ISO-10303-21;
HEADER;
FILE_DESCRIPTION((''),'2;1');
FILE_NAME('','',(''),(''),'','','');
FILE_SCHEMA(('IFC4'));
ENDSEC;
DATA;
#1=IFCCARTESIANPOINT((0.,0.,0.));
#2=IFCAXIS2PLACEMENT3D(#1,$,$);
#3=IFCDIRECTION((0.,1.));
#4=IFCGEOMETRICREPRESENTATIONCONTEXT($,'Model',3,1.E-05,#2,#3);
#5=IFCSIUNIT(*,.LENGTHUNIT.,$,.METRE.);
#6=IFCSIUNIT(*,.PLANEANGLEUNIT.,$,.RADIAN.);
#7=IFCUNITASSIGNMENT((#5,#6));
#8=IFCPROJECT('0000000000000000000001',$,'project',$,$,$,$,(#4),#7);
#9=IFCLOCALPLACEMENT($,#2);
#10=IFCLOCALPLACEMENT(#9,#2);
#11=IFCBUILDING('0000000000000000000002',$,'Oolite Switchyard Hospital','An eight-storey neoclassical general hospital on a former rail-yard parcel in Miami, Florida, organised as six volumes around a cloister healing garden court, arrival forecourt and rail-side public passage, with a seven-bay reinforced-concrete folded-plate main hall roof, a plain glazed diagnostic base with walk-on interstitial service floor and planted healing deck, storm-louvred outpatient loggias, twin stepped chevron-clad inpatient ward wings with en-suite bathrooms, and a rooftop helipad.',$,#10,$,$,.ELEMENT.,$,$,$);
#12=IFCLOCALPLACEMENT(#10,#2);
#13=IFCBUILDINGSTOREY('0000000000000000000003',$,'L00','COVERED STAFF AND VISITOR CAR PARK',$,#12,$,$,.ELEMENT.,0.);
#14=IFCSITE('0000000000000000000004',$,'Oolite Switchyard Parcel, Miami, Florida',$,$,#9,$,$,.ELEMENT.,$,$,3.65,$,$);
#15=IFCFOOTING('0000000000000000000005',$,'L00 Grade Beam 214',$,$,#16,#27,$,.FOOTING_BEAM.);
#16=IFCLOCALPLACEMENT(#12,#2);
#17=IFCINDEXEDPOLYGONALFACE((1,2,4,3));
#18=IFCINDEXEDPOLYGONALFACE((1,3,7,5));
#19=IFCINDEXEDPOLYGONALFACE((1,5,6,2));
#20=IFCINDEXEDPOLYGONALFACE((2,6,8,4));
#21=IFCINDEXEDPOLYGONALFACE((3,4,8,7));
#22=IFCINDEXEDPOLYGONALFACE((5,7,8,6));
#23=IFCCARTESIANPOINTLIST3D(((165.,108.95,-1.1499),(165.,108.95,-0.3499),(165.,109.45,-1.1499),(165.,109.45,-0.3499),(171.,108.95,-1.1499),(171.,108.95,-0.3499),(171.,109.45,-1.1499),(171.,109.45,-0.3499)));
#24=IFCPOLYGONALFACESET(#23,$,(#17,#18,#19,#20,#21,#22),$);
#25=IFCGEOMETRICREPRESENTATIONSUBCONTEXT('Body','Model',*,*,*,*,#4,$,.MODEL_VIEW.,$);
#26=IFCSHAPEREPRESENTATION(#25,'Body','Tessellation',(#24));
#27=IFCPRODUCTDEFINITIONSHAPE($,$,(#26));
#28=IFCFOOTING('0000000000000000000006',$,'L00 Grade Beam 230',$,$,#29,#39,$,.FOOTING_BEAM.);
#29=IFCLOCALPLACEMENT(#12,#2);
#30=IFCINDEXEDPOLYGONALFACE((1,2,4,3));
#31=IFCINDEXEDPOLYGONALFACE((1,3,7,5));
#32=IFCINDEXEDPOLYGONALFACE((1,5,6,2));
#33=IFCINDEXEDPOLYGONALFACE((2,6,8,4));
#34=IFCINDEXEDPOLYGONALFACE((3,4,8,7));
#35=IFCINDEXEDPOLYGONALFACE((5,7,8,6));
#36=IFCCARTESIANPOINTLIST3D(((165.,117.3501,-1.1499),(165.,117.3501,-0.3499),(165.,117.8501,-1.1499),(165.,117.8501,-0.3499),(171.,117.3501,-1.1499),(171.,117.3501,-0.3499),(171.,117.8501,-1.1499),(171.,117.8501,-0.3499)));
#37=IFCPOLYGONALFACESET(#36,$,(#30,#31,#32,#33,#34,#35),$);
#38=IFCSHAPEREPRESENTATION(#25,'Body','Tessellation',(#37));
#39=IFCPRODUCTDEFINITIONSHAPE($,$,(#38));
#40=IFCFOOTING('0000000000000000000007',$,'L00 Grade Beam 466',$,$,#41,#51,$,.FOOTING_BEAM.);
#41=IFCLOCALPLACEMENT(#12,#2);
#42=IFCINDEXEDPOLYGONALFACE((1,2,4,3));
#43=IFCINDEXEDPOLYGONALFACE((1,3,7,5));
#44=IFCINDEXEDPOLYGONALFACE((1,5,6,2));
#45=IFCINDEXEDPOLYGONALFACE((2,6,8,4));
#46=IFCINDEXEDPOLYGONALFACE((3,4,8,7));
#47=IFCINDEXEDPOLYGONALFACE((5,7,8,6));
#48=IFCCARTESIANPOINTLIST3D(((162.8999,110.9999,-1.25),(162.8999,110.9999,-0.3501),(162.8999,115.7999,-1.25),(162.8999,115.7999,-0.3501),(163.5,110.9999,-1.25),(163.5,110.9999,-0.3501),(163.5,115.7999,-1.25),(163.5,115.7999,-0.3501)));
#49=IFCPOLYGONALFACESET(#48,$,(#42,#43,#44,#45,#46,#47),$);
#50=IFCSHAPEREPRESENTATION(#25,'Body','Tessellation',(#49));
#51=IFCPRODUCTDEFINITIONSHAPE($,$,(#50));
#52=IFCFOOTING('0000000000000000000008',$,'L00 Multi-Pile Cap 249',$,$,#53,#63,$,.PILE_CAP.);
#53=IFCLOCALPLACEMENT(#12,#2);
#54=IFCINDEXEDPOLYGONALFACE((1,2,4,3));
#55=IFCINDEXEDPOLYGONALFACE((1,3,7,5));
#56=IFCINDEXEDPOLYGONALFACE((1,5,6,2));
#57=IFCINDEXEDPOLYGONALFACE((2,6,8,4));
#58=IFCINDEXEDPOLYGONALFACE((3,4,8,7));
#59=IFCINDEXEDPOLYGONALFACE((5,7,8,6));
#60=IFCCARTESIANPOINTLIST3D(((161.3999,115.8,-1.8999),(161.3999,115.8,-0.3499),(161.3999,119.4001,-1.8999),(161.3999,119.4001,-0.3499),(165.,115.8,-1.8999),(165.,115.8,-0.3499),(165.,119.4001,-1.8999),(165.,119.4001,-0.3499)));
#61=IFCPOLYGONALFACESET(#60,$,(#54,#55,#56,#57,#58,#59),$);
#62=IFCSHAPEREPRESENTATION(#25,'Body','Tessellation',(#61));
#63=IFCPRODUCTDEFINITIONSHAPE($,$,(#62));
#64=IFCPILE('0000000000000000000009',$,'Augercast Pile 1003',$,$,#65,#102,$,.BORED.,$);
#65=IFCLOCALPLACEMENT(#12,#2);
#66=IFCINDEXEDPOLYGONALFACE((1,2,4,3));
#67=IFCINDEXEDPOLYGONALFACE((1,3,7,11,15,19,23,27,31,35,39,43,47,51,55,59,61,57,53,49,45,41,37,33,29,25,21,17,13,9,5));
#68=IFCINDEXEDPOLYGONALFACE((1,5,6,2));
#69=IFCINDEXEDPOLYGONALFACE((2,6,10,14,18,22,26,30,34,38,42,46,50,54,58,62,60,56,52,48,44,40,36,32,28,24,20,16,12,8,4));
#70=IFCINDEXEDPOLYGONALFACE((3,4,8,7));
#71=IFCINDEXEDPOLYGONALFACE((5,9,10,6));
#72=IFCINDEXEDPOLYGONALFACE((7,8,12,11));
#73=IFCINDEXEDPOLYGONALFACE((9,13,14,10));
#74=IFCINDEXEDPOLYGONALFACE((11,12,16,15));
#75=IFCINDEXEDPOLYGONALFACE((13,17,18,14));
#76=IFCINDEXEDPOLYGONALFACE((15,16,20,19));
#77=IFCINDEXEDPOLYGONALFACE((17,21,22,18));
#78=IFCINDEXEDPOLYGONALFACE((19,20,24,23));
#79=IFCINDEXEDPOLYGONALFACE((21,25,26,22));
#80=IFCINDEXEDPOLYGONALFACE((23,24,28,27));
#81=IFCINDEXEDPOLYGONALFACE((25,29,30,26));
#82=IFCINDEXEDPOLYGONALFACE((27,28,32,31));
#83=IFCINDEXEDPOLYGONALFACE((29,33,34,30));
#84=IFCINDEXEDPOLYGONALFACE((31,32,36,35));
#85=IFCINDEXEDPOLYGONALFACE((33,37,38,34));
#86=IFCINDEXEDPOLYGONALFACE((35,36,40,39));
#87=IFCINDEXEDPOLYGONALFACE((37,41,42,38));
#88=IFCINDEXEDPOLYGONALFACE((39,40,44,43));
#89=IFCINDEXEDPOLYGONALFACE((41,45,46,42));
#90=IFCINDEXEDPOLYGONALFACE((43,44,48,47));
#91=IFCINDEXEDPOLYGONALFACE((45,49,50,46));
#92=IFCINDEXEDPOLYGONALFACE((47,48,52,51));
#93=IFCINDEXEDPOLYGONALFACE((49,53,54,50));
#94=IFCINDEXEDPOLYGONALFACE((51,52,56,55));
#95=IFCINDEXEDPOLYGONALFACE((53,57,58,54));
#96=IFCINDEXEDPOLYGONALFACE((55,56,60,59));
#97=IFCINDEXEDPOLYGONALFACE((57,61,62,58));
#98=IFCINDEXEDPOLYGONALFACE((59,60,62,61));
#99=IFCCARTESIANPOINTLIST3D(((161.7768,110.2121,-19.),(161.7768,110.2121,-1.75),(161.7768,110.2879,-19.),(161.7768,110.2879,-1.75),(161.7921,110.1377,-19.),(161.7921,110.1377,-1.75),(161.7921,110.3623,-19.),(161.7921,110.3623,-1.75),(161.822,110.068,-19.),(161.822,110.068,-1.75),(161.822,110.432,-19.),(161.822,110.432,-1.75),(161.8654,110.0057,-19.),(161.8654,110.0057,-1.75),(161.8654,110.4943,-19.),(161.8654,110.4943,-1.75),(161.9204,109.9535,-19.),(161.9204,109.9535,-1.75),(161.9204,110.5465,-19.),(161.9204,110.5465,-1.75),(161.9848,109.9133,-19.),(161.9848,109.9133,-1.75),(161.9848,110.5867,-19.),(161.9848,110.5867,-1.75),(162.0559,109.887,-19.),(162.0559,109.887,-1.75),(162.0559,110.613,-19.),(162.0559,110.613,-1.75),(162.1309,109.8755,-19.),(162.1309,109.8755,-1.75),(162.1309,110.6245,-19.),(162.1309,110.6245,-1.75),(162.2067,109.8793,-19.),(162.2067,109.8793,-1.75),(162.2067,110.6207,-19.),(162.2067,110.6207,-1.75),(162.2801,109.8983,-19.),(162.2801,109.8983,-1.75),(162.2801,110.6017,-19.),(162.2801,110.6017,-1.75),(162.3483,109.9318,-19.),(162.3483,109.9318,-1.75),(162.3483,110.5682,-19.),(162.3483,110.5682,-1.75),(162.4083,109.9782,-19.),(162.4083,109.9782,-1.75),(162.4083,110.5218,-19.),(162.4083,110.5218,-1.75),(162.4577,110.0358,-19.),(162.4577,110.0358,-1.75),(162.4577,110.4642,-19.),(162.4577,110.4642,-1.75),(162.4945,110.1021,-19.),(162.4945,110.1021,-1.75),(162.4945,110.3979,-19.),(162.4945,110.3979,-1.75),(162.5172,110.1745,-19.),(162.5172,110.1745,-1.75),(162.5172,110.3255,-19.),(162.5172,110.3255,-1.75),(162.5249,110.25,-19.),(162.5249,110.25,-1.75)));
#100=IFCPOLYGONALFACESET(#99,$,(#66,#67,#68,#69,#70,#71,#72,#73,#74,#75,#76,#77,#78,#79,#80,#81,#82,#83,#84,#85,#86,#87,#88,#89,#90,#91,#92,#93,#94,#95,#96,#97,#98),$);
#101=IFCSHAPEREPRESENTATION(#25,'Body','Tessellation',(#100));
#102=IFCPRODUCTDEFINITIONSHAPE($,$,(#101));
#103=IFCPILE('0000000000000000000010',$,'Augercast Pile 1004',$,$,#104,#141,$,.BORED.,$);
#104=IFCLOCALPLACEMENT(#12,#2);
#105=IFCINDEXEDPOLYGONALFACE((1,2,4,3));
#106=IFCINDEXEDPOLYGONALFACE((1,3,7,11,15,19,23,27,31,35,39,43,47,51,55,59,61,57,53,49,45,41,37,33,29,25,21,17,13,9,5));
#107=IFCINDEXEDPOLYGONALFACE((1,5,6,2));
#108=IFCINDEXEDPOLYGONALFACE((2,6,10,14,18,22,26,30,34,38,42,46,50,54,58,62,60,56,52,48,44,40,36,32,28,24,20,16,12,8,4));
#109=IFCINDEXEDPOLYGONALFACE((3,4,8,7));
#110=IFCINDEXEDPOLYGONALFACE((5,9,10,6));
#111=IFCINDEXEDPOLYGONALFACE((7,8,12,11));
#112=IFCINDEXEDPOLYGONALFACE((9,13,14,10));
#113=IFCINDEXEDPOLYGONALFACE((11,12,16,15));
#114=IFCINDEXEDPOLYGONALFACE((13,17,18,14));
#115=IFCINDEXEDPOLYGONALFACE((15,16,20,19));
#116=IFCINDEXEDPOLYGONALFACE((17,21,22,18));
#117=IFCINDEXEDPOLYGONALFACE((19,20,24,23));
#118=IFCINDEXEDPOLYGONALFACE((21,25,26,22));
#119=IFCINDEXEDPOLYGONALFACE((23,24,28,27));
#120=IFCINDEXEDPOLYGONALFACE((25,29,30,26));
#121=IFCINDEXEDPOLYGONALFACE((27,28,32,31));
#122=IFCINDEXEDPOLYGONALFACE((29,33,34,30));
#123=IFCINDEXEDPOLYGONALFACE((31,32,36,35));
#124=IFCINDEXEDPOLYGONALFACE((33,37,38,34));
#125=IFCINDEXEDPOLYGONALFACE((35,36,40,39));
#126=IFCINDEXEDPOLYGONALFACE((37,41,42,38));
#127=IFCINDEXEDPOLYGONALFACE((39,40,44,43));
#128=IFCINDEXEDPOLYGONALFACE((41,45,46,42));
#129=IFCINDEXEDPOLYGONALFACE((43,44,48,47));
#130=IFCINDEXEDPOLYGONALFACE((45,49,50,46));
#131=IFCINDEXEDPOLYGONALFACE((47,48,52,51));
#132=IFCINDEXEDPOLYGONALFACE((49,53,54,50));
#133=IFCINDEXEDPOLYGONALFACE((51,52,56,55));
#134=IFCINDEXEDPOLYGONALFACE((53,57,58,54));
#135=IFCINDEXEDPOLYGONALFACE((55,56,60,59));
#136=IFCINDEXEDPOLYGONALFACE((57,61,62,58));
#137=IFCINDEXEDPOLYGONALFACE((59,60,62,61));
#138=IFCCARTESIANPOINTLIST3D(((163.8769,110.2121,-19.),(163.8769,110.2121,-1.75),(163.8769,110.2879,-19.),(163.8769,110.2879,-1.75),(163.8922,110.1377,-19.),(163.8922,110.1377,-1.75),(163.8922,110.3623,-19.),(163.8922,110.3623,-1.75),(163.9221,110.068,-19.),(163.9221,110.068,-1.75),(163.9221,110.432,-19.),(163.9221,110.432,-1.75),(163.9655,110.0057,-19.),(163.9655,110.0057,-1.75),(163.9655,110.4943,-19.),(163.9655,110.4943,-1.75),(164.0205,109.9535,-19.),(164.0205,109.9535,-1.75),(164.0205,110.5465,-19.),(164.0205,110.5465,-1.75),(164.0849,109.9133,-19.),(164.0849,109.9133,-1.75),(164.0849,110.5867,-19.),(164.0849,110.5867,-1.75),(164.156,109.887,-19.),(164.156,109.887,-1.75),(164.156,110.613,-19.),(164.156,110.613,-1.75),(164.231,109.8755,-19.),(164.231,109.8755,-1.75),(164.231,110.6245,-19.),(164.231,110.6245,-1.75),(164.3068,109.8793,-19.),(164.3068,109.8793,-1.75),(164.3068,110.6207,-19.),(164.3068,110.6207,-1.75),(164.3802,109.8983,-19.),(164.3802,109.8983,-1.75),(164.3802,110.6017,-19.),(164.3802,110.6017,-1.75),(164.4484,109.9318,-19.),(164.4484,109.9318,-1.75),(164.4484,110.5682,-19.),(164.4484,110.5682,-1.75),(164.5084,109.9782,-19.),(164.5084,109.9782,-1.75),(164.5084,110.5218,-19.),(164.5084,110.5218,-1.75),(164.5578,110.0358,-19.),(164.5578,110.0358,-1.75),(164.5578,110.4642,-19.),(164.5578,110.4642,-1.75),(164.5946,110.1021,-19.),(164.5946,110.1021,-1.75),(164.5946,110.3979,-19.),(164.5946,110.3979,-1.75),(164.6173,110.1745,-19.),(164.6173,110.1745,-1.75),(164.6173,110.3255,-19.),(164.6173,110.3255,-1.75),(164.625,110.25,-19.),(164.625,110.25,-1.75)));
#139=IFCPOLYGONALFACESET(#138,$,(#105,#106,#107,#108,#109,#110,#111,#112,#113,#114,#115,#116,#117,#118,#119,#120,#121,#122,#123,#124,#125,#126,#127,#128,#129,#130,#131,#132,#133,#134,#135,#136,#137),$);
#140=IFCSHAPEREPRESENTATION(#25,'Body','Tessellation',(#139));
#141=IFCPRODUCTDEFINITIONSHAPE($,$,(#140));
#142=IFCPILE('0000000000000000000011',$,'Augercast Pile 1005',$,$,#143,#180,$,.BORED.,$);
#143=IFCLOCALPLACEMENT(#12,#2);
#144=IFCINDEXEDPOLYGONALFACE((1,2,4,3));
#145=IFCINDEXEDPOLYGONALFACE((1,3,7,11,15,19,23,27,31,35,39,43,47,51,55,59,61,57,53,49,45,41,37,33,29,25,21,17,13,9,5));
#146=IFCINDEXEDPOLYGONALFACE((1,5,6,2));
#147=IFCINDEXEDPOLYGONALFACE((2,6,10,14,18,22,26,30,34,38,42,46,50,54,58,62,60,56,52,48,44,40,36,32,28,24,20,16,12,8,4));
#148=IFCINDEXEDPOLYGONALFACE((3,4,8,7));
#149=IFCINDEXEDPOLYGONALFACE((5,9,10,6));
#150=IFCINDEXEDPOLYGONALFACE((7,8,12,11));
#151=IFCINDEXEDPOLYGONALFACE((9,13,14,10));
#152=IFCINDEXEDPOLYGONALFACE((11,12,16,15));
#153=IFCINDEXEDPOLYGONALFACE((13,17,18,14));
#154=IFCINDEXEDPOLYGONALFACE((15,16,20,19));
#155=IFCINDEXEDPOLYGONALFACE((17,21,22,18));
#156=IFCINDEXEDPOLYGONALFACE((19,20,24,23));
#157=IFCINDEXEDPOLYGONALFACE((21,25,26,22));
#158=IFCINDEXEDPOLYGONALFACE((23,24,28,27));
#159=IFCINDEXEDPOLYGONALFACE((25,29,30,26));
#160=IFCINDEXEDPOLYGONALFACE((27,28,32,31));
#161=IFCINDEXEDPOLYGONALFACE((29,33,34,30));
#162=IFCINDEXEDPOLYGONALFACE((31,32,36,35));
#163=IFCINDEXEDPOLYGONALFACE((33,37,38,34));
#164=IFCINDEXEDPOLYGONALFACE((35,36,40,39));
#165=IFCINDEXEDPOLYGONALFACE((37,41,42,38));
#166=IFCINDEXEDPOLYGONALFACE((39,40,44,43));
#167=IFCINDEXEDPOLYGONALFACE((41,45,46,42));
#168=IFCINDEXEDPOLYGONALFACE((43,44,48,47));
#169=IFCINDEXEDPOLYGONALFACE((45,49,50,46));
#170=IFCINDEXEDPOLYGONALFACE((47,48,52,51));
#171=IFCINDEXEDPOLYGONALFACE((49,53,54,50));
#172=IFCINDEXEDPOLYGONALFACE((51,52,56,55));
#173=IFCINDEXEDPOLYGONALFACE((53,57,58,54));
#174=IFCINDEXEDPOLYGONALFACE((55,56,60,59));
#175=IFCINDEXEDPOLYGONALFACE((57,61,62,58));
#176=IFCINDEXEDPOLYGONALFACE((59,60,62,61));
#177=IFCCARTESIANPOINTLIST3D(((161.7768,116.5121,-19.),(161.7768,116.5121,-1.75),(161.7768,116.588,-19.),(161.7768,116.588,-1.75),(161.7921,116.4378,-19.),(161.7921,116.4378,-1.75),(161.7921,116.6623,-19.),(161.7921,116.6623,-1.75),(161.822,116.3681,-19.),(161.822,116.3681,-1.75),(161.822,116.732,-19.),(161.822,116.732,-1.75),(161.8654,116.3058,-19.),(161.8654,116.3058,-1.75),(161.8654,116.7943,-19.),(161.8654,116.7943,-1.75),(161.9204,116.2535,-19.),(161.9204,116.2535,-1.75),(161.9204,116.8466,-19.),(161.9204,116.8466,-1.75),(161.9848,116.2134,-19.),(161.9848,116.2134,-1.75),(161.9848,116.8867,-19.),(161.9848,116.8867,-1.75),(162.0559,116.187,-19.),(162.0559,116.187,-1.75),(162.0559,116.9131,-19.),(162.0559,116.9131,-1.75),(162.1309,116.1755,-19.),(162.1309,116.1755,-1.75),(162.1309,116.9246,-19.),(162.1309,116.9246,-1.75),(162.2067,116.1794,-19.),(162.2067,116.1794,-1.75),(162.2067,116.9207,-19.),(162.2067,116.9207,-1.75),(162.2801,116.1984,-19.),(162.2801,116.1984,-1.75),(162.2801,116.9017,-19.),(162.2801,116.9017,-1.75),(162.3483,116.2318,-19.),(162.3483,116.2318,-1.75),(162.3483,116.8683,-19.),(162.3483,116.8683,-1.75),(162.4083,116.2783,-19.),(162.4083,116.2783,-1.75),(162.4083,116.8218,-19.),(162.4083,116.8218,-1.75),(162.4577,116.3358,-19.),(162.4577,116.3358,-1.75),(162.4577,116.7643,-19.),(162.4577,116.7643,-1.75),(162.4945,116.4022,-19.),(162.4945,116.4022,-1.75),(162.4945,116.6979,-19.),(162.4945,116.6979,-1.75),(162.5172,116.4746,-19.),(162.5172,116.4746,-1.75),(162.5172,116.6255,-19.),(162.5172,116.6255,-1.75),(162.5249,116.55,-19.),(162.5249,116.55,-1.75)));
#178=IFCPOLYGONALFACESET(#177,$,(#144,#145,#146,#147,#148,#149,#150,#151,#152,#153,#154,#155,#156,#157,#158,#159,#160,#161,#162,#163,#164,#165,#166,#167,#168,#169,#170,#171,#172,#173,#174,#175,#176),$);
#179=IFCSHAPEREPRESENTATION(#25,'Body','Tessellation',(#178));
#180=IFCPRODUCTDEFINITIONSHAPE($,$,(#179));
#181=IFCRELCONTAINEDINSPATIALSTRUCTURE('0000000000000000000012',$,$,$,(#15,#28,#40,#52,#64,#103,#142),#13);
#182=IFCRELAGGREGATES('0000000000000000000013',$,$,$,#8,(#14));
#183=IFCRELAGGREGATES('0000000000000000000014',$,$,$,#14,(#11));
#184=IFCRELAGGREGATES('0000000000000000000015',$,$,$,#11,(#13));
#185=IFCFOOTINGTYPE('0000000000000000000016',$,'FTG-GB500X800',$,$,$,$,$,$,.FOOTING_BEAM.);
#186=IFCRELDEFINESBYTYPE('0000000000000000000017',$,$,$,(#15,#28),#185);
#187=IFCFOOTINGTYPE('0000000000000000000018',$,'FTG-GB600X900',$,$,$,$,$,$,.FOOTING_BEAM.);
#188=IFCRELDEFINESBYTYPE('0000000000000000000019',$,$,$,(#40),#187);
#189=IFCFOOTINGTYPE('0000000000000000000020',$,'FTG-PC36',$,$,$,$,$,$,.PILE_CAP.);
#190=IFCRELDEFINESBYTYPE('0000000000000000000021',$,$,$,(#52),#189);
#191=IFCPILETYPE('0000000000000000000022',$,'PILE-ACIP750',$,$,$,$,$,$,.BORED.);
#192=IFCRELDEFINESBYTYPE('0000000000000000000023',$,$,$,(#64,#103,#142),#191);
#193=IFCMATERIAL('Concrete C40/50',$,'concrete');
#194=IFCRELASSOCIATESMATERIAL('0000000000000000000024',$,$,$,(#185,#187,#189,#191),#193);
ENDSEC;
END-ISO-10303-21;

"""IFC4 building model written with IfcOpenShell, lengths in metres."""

from ifc_helpers import new_model, si_unit, direction, frame, origin, origin_2d, place, context, subcontext, project, spatial, rectangle, circle, extrude, material, material_profile, profile_set, type_object, element, save


model = new_model("IFC4")

# Units and contexts
model_context = context("Model", 3, precision=1e-05, world=origin(), true_north=direction((0.0, 1.0)))
body_context = subcontext(model_context, "Body", "Model", "MODEL_VIEW")
ifc_project = project(units=[si_unit("LENGTHUNIT", "METRE"), si_unit("PLANEANGLEUNIT", "RADIAN")], contexts=[model_context])

# Site, building, storey
site_placement = place(None, origin())
site = spatial("IfcSite", under=ifc_project, at=site_placement, Name="Oolite Switchyard Parcel, Miami, Florida", CompositionType="ELEMENT", RefElevation=3.65)
building_placement = place(site_placement, origin())
building = spatial("IfcBuilding", under=site, at=building_placement, Name="Oolite Switchyard Hospital", Description="An eight-storey neoclassical general hospital on a former rail-yard parcel in Miami, Florida, organised as six volumes around a cloister healing garden court, arrival forecourt and rail-side public passage, with a seven-bay reinforced-concrete folded-plate main hall roof, a plain glazed diagnostic base with walk-on interstitial service floor and planted healing deck, storm-louvred outpatient loggias, twin stepped chevron-clad inpatient ward wings with en-suite bathrooms, and a rooftop helipad.", CompositionType="ELEMENT")
storey_placement = place(building_placement, origin())
storey = spatial("IfcBuildingStorey", under=building, at=storey_placement, Name="L00", Description="COVERED STAFF AND VISITOR CAR PARK", CompositionType="ELEMENT", Elevation=0.0)

# Footings
ifc_material_1 = material(Name="Concrete C40/50", Category="concrete")
footing_type_1 = type_object("IfcFootingType", Name="FTG-GB500X800", PredefinedType="FOOTING_BEAM", material=ifc_material_1)
for number, where, z_axis, x_axis, name in (
    (1, (168.0, 109.2, -1.1499), (0.0, 0.0, 1.0), (1.0, 0.0, 0.0), "L00 Grade Beam 214"),
    (2, (168.0, 117.6001, -1.1499), (0.0, 0.0, 1.0), (1.0, 0.0, 0.0), "L00 Grade Beam 230"),
):
    element("IfcFooting", number, at=place(storey_placement, frame(where, z_axis=z_axis, x_axis=x_axis)), inside=storey, type_object=footing_type_1, Name=name, PredefinedType="FOOTING_BEAM", context=body_context, shape_type="SweptSolid", body=[
        extrude(rectangle(XDim=6.0, YDim=0.5, at=origin_2d()), origin(), (0.0, 0.0, 1.0), 0.8),
    ])
footing_type_2 = type_object("IfcFootingType", Name="FTG-GB600X900", PredefinedType="FOOTING_BEAM", material=ifc_material_1)
footing_1_placement = place(storey_placement, frame((163.2, 113.3999, -1.25), z_axis=(0.0, 0.0, 1.0), x_axis=(0.0, 1.0, 0.0)))
element("IfcFooting", 3, at=footing_1_placement, inside=storey, type_object=footing_type_2, Name="L00 Grade Beam 466", PredefinedType="FOOTING_BEAM", context=body_context, shape_type="SweptSolid", body=[
    extrude(rectangle(XDim=4.8, YDim=0.6001, at=origin_2d()), origin(), (0.0, 0.0, 1.0), 0.8999),
])
footing_type_3 = type_object("IfcFootingType", Name="FTG-PC36", PredefinedType="PILE_CAP", material=ifc_material_1)
footing_2_placement = place(storey_placement, frame((163.2, 117.6001, -1.8999), z_axis=(0.0, 0.0, 1.0), x_axis=(1.0, 0.0, 0.0)))
element("IfcFooting", 4, at=footing_2_placement, inside=storey, type_object=footing_type_3, Name="L00 Multi-Pile Cap 249", PredefinedType="PILE_CAP", context=body_context, shape_type="SweptSolid", body=[
    extrude(rectangle(XDim=3.6001, YDim=3.6001, at=origin_2d()), origin(), (0.0, 0.0, 1.0), 1.55),
])

# Piles
ifc_material_profile_1 = material_profile(ifc_material_1, circle(Radius=0.375, at=origin_2d()), Name="PILE750")
ifc_profile_set_1 = profile_set([ifc_material_profile_1], Name="Concrete C40/50")
pile_type = type_object("IfcPileType", Name="PILE-ACIP750", PredefinedType="BORED", material=ifc_profile_set_1)
for number, where, z_axis, x_axis, name in (
    (5, (162.1499, 110.25, -1.75), (0.0, 0.0, -1.0), (1.0, 0.0, 0.0), "Augercast Pile 1003"),
    (6, (164.25, 110.25, -1.75), (0.0, 0.0, -1.0), (1.0, 0.0, 0.0), "Augercast Pile 1004"),
    (7, (162.1499, 116.55, -1.75), (0.0, 0.0, -1.0), (1.0, 0.0, 0.0), "Augercast Pile 1005"),
):
    element("IfcPile", number, at=place(storey_placement, frame(where, z_axis=z_axis, x_axis=x_axis)), inside=storey, type_object=pile_type, Name=name, PredefinedType="BORED", context=body_context, shape_type="SweptSolid", body=[
        extrude(circle(Radius=0.375, at=origin_2d()), origin(), (0.0, 0.0, 1.0), 17.25),
    ])

save(model, "model.ifc")
